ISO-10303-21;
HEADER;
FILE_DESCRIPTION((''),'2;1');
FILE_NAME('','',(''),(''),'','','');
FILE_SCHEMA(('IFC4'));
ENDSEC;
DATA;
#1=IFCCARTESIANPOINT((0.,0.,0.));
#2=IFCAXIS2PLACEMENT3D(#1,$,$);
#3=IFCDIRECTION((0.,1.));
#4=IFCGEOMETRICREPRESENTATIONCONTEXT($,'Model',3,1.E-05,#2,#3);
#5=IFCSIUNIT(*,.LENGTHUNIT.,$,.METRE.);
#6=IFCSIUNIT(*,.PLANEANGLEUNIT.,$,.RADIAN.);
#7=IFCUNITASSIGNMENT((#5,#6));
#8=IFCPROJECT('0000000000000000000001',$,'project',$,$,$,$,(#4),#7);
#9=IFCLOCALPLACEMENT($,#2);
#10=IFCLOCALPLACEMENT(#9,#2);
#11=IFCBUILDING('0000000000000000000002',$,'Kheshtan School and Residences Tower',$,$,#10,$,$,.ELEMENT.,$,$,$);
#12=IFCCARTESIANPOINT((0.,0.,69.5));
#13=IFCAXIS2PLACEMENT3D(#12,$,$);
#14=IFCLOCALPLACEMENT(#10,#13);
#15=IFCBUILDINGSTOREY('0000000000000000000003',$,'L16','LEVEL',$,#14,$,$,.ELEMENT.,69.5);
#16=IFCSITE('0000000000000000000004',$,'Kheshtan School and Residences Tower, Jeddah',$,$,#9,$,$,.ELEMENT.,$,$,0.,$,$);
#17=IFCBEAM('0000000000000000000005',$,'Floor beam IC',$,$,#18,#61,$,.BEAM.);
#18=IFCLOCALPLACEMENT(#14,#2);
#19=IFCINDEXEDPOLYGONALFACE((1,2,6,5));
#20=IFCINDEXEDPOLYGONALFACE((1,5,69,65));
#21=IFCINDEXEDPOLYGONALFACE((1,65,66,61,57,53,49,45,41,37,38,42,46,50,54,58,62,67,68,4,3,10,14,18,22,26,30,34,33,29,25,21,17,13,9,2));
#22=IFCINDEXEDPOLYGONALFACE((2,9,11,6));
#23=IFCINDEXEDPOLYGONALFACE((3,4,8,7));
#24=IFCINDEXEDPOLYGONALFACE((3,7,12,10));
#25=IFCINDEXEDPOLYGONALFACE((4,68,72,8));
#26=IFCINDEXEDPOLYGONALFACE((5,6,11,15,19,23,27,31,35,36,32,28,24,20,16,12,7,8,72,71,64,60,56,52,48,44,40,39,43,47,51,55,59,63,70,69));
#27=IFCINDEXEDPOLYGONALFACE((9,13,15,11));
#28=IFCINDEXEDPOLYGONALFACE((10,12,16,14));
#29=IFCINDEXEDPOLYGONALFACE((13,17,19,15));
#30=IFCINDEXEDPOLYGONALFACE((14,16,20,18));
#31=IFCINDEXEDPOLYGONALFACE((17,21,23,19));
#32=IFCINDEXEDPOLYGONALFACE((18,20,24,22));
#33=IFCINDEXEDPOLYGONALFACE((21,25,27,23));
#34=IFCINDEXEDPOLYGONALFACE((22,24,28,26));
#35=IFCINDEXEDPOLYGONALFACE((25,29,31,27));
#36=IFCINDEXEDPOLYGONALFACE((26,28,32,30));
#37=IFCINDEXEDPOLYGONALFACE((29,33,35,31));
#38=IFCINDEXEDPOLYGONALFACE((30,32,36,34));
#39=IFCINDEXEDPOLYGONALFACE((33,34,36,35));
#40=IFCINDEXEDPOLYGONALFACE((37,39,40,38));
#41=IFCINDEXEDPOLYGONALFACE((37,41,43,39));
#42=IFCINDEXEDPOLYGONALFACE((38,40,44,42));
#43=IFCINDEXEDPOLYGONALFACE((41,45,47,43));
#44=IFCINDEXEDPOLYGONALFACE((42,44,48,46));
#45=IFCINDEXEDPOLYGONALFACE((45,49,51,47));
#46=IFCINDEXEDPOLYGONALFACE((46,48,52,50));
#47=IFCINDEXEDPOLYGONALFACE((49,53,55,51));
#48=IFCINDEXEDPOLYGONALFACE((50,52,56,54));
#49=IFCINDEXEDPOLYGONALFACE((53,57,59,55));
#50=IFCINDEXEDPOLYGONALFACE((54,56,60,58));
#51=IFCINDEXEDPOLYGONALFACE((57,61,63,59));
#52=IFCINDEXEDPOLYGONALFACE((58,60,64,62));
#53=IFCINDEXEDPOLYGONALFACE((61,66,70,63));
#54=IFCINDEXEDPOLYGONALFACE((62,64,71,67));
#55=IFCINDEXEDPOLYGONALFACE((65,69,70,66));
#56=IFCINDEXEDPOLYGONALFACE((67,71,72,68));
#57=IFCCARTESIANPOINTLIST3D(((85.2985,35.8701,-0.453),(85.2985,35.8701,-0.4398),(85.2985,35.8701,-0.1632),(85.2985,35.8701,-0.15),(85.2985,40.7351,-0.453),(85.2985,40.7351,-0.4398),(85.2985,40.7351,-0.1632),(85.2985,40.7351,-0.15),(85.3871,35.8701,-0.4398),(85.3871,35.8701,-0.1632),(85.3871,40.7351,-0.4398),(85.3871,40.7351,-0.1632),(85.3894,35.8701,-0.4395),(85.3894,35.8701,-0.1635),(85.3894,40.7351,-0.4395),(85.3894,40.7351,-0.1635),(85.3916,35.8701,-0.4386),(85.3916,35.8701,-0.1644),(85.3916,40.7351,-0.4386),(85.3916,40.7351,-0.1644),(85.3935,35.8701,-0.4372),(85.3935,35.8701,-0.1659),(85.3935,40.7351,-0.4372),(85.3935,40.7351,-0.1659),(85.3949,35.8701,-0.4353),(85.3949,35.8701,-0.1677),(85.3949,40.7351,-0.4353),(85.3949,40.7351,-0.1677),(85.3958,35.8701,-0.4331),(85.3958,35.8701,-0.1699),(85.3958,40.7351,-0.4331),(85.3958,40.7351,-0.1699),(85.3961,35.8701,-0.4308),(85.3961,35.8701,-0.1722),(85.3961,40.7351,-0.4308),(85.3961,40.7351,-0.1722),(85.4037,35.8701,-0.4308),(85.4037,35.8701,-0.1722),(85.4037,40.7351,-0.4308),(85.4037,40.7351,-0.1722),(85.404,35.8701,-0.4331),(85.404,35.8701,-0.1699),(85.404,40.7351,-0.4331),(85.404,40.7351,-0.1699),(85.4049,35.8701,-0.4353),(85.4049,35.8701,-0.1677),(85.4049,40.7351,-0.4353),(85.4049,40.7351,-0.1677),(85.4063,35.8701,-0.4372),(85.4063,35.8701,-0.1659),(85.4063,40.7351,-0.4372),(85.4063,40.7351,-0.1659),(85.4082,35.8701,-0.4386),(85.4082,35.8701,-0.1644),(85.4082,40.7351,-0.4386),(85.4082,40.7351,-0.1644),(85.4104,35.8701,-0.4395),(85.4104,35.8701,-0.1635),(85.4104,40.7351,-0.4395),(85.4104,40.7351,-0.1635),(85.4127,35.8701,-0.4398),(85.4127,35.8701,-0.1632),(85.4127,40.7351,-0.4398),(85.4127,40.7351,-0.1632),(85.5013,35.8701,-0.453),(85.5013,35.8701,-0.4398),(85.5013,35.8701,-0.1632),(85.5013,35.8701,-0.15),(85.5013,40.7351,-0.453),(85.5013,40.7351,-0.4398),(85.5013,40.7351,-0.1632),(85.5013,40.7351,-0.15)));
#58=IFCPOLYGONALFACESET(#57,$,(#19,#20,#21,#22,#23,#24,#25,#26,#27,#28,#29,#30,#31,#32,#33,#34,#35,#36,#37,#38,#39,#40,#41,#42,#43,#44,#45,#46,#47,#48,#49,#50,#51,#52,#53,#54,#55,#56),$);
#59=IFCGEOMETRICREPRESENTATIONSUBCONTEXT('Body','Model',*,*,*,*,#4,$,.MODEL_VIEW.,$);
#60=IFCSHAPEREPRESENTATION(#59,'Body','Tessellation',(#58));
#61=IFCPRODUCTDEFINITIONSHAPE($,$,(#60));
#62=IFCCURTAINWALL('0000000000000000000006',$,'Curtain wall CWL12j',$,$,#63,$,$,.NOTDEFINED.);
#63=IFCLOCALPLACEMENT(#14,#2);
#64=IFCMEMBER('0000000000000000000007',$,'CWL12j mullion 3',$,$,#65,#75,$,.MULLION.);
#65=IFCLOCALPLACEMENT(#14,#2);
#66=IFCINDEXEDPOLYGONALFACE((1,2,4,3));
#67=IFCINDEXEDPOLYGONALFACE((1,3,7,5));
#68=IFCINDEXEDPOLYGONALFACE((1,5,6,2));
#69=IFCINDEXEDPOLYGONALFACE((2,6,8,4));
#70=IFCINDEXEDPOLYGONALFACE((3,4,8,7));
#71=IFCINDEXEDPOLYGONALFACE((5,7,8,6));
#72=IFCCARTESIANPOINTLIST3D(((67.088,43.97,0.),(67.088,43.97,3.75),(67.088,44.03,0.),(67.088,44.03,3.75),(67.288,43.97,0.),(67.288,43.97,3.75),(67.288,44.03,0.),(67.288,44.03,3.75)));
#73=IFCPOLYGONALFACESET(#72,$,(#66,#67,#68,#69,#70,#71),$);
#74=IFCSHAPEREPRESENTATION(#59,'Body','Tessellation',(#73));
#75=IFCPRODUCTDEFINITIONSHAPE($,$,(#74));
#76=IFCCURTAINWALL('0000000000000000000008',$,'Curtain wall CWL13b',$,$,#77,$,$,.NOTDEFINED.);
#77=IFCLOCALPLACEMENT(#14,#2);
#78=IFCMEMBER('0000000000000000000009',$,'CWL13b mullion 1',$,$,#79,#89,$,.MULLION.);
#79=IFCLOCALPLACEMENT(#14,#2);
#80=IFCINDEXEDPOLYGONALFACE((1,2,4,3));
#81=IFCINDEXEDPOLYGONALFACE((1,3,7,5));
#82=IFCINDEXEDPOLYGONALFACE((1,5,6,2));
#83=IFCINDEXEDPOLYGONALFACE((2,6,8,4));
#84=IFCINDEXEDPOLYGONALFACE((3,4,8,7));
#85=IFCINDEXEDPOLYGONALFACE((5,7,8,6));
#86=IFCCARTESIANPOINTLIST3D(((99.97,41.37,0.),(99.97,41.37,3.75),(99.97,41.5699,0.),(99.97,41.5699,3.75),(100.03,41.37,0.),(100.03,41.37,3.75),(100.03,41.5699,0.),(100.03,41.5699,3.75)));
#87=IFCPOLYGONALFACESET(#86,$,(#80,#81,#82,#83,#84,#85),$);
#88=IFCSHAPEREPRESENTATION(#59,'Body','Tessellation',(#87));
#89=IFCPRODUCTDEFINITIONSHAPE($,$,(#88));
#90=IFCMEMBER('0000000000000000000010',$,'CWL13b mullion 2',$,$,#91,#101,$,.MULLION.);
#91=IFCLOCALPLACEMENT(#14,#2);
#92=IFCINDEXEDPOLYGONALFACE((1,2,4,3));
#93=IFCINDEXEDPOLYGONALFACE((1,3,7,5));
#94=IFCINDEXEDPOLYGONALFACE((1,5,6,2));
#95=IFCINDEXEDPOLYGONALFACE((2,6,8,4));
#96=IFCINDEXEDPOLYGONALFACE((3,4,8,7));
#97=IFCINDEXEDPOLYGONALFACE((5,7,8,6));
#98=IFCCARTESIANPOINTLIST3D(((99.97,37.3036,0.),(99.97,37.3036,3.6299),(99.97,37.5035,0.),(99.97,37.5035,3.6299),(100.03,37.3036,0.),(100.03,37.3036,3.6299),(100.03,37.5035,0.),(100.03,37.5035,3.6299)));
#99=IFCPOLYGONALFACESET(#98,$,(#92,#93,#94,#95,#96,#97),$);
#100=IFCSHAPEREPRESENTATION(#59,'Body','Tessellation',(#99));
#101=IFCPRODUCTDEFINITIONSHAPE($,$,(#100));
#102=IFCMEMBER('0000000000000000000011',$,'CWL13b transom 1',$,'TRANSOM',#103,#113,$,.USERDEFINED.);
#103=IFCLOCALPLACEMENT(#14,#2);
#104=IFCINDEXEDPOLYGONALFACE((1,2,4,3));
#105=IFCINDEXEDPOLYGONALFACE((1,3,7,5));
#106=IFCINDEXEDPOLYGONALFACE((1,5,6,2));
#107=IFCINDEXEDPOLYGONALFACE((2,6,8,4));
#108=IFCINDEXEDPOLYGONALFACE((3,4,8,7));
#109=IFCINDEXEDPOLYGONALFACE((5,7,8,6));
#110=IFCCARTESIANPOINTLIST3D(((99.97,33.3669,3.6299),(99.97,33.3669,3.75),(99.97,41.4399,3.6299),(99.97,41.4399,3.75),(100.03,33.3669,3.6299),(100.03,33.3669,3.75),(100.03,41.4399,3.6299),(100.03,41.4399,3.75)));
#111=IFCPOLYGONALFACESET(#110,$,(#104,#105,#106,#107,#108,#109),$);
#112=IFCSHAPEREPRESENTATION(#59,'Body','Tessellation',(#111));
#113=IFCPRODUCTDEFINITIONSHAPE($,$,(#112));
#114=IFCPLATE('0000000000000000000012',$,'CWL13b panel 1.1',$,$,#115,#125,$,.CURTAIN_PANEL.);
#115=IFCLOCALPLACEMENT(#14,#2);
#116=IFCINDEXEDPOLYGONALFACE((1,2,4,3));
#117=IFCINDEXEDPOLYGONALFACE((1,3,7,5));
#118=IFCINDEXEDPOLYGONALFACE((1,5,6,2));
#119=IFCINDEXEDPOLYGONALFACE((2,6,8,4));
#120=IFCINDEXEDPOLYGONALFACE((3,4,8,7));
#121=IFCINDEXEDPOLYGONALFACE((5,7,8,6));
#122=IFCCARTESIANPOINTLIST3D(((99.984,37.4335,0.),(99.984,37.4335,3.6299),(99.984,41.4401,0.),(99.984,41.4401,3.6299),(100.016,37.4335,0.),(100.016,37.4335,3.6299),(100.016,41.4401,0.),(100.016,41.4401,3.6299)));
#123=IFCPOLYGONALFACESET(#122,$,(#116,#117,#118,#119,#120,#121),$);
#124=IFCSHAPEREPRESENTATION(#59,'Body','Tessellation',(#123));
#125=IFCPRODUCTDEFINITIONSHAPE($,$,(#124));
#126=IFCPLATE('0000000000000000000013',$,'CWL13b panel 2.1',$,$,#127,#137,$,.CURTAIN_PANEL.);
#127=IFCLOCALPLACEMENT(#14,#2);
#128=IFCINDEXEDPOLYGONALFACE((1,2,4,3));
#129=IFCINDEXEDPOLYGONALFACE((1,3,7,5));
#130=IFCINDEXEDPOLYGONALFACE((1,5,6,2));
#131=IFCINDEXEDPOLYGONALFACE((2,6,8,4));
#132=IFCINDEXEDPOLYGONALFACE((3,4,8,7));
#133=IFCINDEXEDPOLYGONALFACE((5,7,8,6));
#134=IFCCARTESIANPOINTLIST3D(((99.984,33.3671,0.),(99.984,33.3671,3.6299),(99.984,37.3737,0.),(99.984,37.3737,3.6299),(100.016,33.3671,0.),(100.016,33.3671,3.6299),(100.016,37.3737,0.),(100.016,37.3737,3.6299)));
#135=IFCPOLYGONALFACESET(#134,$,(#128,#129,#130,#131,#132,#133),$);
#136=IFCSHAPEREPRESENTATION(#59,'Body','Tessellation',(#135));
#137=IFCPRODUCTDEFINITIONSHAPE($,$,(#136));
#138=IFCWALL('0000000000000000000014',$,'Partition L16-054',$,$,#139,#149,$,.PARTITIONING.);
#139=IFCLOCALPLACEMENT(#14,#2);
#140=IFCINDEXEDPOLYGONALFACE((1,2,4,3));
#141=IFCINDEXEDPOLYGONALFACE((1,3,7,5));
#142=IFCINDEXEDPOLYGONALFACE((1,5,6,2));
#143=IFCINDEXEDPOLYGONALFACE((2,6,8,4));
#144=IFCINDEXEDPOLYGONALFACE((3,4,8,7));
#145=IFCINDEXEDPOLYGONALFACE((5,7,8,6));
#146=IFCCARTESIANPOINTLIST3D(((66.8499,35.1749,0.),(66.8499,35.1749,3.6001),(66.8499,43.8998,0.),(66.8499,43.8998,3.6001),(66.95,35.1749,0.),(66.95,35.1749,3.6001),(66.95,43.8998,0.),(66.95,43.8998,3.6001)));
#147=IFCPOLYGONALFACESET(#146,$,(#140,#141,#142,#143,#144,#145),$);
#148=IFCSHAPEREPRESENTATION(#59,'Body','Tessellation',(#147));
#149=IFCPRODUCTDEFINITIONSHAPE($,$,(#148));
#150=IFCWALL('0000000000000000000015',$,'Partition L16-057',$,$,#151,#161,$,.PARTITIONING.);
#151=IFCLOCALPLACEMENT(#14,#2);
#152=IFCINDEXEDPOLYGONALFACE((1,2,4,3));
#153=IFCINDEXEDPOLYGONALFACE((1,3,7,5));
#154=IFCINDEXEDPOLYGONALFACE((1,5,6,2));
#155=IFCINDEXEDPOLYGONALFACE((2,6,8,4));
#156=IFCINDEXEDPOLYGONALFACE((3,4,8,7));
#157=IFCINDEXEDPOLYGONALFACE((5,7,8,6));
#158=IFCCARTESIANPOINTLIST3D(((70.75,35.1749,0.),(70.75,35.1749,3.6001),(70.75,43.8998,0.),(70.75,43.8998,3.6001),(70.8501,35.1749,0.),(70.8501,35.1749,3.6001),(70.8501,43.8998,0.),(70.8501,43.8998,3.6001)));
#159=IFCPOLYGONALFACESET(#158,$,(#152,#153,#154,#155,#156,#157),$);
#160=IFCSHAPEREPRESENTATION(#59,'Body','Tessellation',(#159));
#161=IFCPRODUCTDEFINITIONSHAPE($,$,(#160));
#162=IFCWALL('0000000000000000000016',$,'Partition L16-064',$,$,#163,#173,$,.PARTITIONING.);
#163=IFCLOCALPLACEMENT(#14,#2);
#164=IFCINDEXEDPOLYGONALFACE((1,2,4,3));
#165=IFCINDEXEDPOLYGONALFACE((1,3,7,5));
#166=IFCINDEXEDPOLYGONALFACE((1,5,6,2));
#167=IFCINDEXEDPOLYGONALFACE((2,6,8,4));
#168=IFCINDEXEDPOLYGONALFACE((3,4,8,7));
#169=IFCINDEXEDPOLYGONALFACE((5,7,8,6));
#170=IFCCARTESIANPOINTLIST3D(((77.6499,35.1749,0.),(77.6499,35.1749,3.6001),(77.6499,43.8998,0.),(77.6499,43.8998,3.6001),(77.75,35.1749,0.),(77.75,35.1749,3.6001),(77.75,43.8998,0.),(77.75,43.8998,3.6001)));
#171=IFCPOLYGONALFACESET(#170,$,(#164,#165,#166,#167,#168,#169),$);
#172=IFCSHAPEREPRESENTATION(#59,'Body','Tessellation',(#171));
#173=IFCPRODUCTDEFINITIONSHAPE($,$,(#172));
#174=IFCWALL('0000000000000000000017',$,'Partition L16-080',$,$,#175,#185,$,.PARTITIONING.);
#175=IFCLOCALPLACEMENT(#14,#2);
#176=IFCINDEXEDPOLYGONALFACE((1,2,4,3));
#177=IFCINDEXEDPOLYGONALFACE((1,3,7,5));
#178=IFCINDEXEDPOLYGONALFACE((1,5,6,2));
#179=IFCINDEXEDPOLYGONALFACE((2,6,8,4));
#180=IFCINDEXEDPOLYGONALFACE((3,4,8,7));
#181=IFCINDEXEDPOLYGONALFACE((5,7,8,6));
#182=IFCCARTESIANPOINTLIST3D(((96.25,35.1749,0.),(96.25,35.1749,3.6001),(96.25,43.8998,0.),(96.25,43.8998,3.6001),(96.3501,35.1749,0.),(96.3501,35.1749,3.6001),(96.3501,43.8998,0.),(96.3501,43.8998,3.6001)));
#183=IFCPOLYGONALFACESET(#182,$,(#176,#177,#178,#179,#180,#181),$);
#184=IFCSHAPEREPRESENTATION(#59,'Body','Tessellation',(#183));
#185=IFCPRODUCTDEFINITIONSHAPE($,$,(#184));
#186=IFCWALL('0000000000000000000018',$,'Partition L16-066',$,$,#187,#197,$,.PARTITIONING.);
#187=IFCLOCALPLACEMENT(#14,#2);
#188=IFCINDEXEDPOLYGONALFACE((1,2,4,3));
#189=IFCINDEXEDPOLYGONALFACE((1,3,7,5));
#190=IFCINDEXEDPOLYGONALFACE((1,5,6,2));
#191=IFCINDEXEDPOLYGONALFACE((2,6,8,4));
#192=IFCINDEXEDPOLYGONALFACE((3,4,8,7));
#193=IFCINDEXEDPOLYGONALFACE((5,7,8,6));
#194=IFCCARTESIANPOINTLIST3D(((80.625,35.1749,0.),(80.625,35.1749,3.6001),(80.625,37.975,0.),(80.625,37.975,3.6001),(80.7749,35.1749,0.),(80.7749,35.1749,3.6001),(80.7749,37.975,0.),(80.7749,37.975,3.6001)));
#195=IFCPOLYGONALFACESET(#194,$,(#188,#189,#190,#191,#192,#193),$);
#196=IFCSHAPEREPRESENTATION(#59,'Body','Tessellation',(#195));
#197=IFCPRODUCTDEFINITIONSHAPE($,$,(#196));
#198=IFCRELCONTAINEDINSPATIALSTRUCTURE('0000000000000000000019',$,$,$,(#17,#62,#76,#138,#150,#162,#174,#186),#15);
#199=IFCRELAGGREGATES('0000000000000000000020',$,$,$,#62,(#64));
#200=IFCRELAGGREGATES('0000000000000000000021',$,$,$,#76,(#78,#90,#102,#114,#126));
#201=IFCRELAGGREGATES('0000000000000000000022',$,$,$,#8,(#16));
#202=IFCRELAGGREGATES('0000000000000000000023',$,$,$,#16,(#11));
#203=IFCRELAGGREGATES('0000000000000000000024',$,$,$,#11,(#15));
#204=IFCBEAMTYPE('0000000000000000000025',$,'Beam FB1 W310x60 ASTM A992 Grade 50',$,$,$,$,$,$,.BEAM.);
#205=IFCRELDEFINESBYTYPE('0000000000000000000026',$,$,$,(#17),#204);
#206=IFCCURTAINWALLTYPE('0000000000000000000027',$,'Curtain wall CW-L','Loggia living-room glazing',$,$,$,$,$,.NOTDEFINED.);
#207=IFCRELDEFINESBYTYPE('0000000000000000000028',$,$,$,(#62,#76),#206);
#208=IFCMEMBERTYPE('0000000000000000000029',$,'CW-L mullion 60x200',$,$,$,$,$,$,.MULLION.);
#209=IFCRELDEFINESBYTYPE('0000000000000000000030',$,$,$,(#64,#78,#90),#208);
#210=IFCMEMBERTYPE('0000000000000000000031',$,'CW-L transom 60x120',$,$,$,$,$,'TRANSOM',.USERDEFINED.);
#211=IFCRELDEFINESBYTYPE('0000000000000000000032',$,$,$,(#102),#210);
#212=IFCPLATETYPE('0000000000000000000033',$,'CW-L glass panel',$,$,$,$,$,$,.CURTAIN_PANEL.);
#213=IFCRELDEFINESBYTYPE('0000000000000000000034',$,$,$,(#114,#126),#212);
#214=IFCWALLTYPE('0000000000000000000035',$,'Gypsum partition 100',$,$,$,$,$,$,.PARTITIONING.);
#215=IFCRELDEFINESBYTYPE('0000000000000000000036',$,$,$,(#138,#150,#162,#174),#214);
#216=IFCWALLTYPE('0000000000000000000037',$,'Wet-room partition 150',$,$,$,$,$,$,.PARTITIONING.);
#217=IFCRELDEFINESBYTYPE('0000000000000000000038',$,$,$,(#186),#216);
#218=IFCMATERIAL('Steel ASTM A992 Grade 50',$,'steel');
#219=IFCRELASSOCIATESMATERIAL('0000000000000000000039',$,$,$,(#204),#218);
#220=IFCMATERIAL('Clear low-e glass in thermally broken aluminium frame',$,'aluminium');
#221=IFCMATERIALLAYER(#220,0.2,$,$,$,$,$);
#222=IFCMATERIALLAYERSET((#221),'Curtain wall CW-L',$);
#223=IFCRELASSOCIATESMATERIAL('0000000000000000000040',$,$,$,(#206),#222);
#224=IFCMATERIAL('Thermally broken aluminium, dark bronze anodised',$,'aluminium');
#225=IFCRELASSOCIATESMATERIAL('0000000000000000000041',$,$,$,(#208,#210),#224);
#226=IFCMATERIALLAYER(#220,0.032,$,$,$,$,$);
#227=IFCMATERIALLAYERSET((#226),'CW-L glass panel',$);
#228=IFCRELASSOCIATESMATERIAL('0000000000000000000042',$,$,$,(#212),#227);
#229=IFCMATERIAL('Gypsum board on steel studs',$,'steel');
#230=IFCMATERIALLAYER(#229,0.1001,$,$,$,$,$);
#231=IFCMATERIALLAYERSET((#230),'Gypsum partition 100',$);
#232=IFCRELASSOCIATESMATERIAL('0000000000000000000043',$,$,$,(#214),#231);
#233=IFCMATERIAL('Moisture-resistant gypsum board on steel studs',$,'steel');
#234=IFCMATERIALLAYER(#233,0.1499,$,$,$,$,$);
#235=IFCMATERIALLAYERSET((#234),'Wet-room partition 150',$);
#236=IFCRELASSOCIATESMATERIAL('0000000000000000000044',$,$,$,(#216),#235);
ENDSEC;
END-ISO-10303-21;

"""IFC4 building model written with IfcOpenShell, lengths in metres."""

from ifc_helpers import new_model, si_unit, direction, frame, frame_2d, origin, origin_2d, place, context, subcontext, project, spatial, rectangle, i_section, extrude, material, layer, layer_set, material_profile, profile_set, type_object, element, aggregate, save


model = new_model("IFC4")

# Units and contexts
model_context = context("Model", 3, precision=1e-05, world=origin(), true_north=direction((0.0, 1.0)))
body_context = subcontext(model_context, "Body", "Model", "MODEL_VIEW")
ifc_project = project(units=[si_unit("LENGTHUNIT", "METRE"), si_unit("PLANEANGLEUNIT", "RADIAN")], contexts=[model_context])

# Site, building, storey
site_placement = place(None, origin())
site = spatial("IfcSite", under=ifc_project, at=site_placement, Name="Kheshtan School and Residences Tower, Jeddah", CompositionType="ELEMENT", RefElevation=0.0)
building_placement = place(site_placement, origin())
building = spatial("IfcBuilding", under=site, at=building_placement, Name="Kheshtan School and Residences Tower", CompositionType="ELEMENT")
storey_placement = place(building_placement, frame((0.0, 0.0, 69.5)))
storey = spatial("IfcBuildingStorey", under=building, at=storey_placement, Name="L16", Description="LEVEL", CompositionType="ELEMENT", Elevation=69.5)

# Beam
ifc_material_1 = material(Name="Steel ASTM A992 Grade 50", Category="steel")
ifc_material_profile_1 = material_profile(ifc_material_1, i_section(OverallWidth=0.2029, OverallDepth=0.303, WebThickness=0.0076, FlangeThickness=0.0132, FilletRadius=0.009, at=origin_2d()), Name="W310x60")
ifc_profile_set_1 = profile_set([ifc_material_profile_1], Name="Steel ASTM A992 Grade 50")
beam_type = type_object("IfcBeamType", Name="Beam FB1 W310x60 ASTM A992 Grade 50", PredefinedType="BEAM", material=ifc_profile_set_1)
beam_placement = place(storey_placement, frame((85.3999, 40.7351, -0.3015), z_axis=(0.0, -1.0, 0.0), x_axis=(1.0, 0.0, 0.0)))
element("IfcBeam", 1, at=beam_placement, inside=storey, type_object=beam_type, Name="Floor beam IC", PredefinedType="BEAM", context=body_context, shape_type="SweptSolid", body=[
    extrude(i_section(OverallWidth=0.2029, OverallDepth=0.303, WebThickness=0.0076, FlangeThickness=0.0132, FilletRadius=0.009, at=origin_2d()), origin(), (0.0, 0.0, 1.0), 4.865),
])

# Curtain wall, member
ifc_material_2 = material(Name="Clear low-e glass in thermally broken aluminium frame", Category="aluminium")
ifc_layer_1 = layer(ifc_material_2, 0.2)
ifc_layer_set_1 = layer_set([ifc_layer_1], Name="Curtain wall CW-L")
curtain_wall_type = type_object("IfcCurtainWallType", Name="Curtain wall CW-L", Description="Loggia living-room glazing", PredefinedType="NOTDEFINED", material=ifc_layer_set_1)
curtain_wall_1_placement = place(storey_placement, origin())
curtain_wall_1 = element("IfcCurtainWall", 2, at=curtain_wall_1_placement, inside=storey, type_object=curtain_wall_type, Name="Curtain wall CWL12j", PredefinedType="NOTDEFINED")
ifc_material_3 = material(Name="Thermally broken aluminium, dark bronze anodised", Category="aluminium")
ifc_material_profile_2 = material_profile(ifc_material_3, rectangle(XDim=0.0601, YDim=0.2, at=origin_2d()), Name="CW-L mullion 60x200")
ifc_profile_set_2 = profile_set([ifc_material_profile_2], Name="Thermally broken aluminium, dark bronze anodised")
member_type_1 = type_object("IfcMemberType", Name="CW-L mullion 60x200", PredefinedType="MULLION", material=ifc_profile_set_2)
member_1_placement = place(storey_placement, frame((67.188, 44.0, 0.0), z_axis=(0.0, 0.0, 1.0), x_axis=(0.0, 1.0, 0.0)))
member_1 = element("IfcMember", 3, at=member_1_placement, type_object=member_type_1, Name="CWL12j mullion 3", PredefinedType="MULLION", context=body_context, shape_type="SweptSolid", body=[
    extrude(rectangle(XDim=0.0601, YDim=0.2, at=origin_2d()), origin(), (0.0, 0.0, 1.0), 3.75),
])
aggregate(curtain_wall_1, [member_1])

# Curtain wall, members, plates
curtain_wall_2_placement = place(storey_placement, origin())
curtain_wall_2 = element("IfcCurtainWall", 4, at=curtain_wall_2_placement, inside=storey, type_object=curtain_wall_type, Name="Curtain wall CWL13b", PredefinedType="NOTDEFINED")
member_2_placement = place(storey_placement, frame((100.0, 41.47, 0.0), z_axis=(0.0, 0.0, 1.0), x_axis=(1.0, 0.0, 0.0)))
member_2 = element("IfcMember", 5, at=member_2_placement, type_object=member_type_1, Name="CWL13b mullion 1", PredefinedType="MULLION", context=body_context, shape_type="SweptSolid", body=[
    extrude(rectangle(XDim=0.0601, YDim=0.2, at=origin_2d()), origin(), (0.0, 0.0, 1.0), 3.75),
])
member_3_placement = place(storey_placement, frame((100.0, 37.4036, 0.0), z_axis=(0.0, 0.0, 1.0), x_axis=(1.0, 0.0, 0.0)))
member_3 = element("IfcMember", 6, at=member_3_placement, type_object=member_type_1, Name="CWL13b mullion 2", PredefinedType="MULLION", context=body_context, shape_type="SweptSolid", body=[
    extrude(rectangle(XDim=0.0601, YDim=0.2, at=origin_2d()), origin(), (0.0, 0.0, 1.0), 3.6299),
])
ifc_material_profile_3 = material_profile(ifc_material_3, rectangle(XDim=0.0601, YDim=0.1201, at=origin_2d()), Name="CW-L transom 60x120")
ifc_profile_set_3 = profile_set([ifc_material_profile_3], Name="Thermally broken aluminium, dark bronze anodised")
member_type_2 = type_object("IfcMemberType", Name="CW-L transom 60x120", ElementType="TRANSOM", PredefinedType="USERDEFINED", material=ifc_profile_set_3)
member_4_placement = place(storey_placement, frame((100.0, 41.4399, 3.6899), z_axis=(0.0, -1.0, 0.0), x_axis=(1.0, 0.0, 0.0)))
member_4 = element("IfcMember", 7, at=member_4_placement, type_object=member_type_2, Name="CWL13b transom 1", ObjectType="TRANSOM", PredefinedType="USERDEFINED", context=body_context, shape_type="SweptSolid", body=[
    extrude(rectangle(XDim=0.0601, YDim=0.1201, at=origin_2d()), origin(), (0.0, 0.0, 1.0), 8.073),
])
ifc_layer_2 = layer(ifc_material_2, 0.032)
ifc_layer_set_2 = layer_set([ifc_layer_2], Name="CW-L glass panel")
plate_type = type_object("IfcPlateType", Name="CW-L glass panel", PredefinedType="CURTAIN_PANEL", material=ifc_layer_set_2)
plate_1_placement = place(storey_placement, frame((100.0, 39.4368, 0.0), z_axis=(0.0, 0.0, 1.0), x_axis=(0.0, -1.0, 0.0)))
plate_1 = element("IfcPlate", 8, at=plate_1_placement, type_object=plate_type, Name="CWL13b panel 1.1", PredefinedType="CURTAIN_PANEL", context=body_context, shape_type="SweptSolid", body=[
    extrude(rectangle(XDim=4.0066, YDim=0.032, at=origin_2d()), origin(), (0.0, 0.0, 1.0), 3.6299),
])
plate_2_placement = place(storey_placement, frame((100.0, 35.3704, 0.0), z_axis=(0.0, 0.0, 1.0), x_axis=(0.0, -1.0, 0.0)))
plate_2 = element("IfcPlate", 9, at=plate_2_placement, type_object=plate_type, Name="CWL13b panel 2.1", PredefinedType="CURTAIN_PANEL", context=body_context, shape_type="SweptSolid", body=[
    extrude(rectangle(XDim=4.0066, YDim=0.032, at=origin_2d()), origin(), (0.0, 0.0, 1.0), 3.6299),
])
aggregate(curtain_wall_2, [member_2, member_3, member_4, plate_1, plate_2])

# Walls
ifc_material_4 = material(Name="Gypsum board on steel studs", Category="steel")
ifc_layer_3 = layer(ifc_material_4, 0.1001)
ifc_layer_set_3 = layer_set([ifc_layer_3], Name="Gypsum partition 100")
wall_type_1 = type_object("IfcWallType", Name="Gypsum partition 100", PredefinedType="PARTITIONING", material=ifc_layer_set_3)
for number, where, z_axis, x_axis, name in (
    (10, (66.8999, 35.175, 0.0), (0.0, 0.0, 1.0), (0.0, 1.0, 0.0), "Partition L16-054"),
    (11, (70.8, 35.175, 0.0), (0.0, 0.0, 1.0), (0.0, 1.0, 0.0), "Partition L16-057"),
    (12, (77.7, 35.175, 0.0), (0.0, 0.0, 1.0), (0.0, 1.0, 0.0), "Partition L16-064"),
    (13, (96.3, 35.175, 0.0), (0.0, 0.0, 1.0), (0.0, 1.0, 0.0), "Partition L16-080"),
):
    element("IfcWall", number, at=place(storey_placement, frame(where, z_axis=z_axis, x_axis=x_axis)), inside=storey, type_object=wall_type_1, Name=name, PredefinedType="PARTITIONING", context=body_context, shape_type="SweptSolid", body=[
        extrude(rectangle(XDim=8.7249, YDim=0.1001, at=frame_2d((4.3623, 0.0))), origin(), (0.0, 0.0, 1.0), 3.6001),
    ])
ifc_material_5 = material(Name="Moisture-resistant gypsum board on steel studs", Category="steel")
ifc_layer_4 = layer(ifc_material_5, 0.1499)
ifc_layer_set_4 = layer_set([ifc_layer_4], Name="Wet-room partition 150")
wall_type_2 = type_object("IfcWallType", Name="Wet-room partition 150", PredefinedType="PARTITIONING", material=ifc_layer_set_4)
wall_1_placement = place(storey_placement, frame((80.7, 35.175, 0.0), z_axis=(0.0, 0.0, 1.0), x_axis=(0.0, 1.0, 0.0)))
element("IfcWall", 14, at=wall_1_placement, inside=storey, type_object=wall_type_2, Name="Partition L16-066", PredefinedType="PARTITIONING", context=body_context, shape_type="SweptSolid", body=[
    extrude(rectangle(XDim=2.8, YDim=0.1499, at=frame_2d((1.3999, 0.0))), origin(), (0.0, 0.0, 1.0), 3.6001),
])

save(model, "model.ifc")
